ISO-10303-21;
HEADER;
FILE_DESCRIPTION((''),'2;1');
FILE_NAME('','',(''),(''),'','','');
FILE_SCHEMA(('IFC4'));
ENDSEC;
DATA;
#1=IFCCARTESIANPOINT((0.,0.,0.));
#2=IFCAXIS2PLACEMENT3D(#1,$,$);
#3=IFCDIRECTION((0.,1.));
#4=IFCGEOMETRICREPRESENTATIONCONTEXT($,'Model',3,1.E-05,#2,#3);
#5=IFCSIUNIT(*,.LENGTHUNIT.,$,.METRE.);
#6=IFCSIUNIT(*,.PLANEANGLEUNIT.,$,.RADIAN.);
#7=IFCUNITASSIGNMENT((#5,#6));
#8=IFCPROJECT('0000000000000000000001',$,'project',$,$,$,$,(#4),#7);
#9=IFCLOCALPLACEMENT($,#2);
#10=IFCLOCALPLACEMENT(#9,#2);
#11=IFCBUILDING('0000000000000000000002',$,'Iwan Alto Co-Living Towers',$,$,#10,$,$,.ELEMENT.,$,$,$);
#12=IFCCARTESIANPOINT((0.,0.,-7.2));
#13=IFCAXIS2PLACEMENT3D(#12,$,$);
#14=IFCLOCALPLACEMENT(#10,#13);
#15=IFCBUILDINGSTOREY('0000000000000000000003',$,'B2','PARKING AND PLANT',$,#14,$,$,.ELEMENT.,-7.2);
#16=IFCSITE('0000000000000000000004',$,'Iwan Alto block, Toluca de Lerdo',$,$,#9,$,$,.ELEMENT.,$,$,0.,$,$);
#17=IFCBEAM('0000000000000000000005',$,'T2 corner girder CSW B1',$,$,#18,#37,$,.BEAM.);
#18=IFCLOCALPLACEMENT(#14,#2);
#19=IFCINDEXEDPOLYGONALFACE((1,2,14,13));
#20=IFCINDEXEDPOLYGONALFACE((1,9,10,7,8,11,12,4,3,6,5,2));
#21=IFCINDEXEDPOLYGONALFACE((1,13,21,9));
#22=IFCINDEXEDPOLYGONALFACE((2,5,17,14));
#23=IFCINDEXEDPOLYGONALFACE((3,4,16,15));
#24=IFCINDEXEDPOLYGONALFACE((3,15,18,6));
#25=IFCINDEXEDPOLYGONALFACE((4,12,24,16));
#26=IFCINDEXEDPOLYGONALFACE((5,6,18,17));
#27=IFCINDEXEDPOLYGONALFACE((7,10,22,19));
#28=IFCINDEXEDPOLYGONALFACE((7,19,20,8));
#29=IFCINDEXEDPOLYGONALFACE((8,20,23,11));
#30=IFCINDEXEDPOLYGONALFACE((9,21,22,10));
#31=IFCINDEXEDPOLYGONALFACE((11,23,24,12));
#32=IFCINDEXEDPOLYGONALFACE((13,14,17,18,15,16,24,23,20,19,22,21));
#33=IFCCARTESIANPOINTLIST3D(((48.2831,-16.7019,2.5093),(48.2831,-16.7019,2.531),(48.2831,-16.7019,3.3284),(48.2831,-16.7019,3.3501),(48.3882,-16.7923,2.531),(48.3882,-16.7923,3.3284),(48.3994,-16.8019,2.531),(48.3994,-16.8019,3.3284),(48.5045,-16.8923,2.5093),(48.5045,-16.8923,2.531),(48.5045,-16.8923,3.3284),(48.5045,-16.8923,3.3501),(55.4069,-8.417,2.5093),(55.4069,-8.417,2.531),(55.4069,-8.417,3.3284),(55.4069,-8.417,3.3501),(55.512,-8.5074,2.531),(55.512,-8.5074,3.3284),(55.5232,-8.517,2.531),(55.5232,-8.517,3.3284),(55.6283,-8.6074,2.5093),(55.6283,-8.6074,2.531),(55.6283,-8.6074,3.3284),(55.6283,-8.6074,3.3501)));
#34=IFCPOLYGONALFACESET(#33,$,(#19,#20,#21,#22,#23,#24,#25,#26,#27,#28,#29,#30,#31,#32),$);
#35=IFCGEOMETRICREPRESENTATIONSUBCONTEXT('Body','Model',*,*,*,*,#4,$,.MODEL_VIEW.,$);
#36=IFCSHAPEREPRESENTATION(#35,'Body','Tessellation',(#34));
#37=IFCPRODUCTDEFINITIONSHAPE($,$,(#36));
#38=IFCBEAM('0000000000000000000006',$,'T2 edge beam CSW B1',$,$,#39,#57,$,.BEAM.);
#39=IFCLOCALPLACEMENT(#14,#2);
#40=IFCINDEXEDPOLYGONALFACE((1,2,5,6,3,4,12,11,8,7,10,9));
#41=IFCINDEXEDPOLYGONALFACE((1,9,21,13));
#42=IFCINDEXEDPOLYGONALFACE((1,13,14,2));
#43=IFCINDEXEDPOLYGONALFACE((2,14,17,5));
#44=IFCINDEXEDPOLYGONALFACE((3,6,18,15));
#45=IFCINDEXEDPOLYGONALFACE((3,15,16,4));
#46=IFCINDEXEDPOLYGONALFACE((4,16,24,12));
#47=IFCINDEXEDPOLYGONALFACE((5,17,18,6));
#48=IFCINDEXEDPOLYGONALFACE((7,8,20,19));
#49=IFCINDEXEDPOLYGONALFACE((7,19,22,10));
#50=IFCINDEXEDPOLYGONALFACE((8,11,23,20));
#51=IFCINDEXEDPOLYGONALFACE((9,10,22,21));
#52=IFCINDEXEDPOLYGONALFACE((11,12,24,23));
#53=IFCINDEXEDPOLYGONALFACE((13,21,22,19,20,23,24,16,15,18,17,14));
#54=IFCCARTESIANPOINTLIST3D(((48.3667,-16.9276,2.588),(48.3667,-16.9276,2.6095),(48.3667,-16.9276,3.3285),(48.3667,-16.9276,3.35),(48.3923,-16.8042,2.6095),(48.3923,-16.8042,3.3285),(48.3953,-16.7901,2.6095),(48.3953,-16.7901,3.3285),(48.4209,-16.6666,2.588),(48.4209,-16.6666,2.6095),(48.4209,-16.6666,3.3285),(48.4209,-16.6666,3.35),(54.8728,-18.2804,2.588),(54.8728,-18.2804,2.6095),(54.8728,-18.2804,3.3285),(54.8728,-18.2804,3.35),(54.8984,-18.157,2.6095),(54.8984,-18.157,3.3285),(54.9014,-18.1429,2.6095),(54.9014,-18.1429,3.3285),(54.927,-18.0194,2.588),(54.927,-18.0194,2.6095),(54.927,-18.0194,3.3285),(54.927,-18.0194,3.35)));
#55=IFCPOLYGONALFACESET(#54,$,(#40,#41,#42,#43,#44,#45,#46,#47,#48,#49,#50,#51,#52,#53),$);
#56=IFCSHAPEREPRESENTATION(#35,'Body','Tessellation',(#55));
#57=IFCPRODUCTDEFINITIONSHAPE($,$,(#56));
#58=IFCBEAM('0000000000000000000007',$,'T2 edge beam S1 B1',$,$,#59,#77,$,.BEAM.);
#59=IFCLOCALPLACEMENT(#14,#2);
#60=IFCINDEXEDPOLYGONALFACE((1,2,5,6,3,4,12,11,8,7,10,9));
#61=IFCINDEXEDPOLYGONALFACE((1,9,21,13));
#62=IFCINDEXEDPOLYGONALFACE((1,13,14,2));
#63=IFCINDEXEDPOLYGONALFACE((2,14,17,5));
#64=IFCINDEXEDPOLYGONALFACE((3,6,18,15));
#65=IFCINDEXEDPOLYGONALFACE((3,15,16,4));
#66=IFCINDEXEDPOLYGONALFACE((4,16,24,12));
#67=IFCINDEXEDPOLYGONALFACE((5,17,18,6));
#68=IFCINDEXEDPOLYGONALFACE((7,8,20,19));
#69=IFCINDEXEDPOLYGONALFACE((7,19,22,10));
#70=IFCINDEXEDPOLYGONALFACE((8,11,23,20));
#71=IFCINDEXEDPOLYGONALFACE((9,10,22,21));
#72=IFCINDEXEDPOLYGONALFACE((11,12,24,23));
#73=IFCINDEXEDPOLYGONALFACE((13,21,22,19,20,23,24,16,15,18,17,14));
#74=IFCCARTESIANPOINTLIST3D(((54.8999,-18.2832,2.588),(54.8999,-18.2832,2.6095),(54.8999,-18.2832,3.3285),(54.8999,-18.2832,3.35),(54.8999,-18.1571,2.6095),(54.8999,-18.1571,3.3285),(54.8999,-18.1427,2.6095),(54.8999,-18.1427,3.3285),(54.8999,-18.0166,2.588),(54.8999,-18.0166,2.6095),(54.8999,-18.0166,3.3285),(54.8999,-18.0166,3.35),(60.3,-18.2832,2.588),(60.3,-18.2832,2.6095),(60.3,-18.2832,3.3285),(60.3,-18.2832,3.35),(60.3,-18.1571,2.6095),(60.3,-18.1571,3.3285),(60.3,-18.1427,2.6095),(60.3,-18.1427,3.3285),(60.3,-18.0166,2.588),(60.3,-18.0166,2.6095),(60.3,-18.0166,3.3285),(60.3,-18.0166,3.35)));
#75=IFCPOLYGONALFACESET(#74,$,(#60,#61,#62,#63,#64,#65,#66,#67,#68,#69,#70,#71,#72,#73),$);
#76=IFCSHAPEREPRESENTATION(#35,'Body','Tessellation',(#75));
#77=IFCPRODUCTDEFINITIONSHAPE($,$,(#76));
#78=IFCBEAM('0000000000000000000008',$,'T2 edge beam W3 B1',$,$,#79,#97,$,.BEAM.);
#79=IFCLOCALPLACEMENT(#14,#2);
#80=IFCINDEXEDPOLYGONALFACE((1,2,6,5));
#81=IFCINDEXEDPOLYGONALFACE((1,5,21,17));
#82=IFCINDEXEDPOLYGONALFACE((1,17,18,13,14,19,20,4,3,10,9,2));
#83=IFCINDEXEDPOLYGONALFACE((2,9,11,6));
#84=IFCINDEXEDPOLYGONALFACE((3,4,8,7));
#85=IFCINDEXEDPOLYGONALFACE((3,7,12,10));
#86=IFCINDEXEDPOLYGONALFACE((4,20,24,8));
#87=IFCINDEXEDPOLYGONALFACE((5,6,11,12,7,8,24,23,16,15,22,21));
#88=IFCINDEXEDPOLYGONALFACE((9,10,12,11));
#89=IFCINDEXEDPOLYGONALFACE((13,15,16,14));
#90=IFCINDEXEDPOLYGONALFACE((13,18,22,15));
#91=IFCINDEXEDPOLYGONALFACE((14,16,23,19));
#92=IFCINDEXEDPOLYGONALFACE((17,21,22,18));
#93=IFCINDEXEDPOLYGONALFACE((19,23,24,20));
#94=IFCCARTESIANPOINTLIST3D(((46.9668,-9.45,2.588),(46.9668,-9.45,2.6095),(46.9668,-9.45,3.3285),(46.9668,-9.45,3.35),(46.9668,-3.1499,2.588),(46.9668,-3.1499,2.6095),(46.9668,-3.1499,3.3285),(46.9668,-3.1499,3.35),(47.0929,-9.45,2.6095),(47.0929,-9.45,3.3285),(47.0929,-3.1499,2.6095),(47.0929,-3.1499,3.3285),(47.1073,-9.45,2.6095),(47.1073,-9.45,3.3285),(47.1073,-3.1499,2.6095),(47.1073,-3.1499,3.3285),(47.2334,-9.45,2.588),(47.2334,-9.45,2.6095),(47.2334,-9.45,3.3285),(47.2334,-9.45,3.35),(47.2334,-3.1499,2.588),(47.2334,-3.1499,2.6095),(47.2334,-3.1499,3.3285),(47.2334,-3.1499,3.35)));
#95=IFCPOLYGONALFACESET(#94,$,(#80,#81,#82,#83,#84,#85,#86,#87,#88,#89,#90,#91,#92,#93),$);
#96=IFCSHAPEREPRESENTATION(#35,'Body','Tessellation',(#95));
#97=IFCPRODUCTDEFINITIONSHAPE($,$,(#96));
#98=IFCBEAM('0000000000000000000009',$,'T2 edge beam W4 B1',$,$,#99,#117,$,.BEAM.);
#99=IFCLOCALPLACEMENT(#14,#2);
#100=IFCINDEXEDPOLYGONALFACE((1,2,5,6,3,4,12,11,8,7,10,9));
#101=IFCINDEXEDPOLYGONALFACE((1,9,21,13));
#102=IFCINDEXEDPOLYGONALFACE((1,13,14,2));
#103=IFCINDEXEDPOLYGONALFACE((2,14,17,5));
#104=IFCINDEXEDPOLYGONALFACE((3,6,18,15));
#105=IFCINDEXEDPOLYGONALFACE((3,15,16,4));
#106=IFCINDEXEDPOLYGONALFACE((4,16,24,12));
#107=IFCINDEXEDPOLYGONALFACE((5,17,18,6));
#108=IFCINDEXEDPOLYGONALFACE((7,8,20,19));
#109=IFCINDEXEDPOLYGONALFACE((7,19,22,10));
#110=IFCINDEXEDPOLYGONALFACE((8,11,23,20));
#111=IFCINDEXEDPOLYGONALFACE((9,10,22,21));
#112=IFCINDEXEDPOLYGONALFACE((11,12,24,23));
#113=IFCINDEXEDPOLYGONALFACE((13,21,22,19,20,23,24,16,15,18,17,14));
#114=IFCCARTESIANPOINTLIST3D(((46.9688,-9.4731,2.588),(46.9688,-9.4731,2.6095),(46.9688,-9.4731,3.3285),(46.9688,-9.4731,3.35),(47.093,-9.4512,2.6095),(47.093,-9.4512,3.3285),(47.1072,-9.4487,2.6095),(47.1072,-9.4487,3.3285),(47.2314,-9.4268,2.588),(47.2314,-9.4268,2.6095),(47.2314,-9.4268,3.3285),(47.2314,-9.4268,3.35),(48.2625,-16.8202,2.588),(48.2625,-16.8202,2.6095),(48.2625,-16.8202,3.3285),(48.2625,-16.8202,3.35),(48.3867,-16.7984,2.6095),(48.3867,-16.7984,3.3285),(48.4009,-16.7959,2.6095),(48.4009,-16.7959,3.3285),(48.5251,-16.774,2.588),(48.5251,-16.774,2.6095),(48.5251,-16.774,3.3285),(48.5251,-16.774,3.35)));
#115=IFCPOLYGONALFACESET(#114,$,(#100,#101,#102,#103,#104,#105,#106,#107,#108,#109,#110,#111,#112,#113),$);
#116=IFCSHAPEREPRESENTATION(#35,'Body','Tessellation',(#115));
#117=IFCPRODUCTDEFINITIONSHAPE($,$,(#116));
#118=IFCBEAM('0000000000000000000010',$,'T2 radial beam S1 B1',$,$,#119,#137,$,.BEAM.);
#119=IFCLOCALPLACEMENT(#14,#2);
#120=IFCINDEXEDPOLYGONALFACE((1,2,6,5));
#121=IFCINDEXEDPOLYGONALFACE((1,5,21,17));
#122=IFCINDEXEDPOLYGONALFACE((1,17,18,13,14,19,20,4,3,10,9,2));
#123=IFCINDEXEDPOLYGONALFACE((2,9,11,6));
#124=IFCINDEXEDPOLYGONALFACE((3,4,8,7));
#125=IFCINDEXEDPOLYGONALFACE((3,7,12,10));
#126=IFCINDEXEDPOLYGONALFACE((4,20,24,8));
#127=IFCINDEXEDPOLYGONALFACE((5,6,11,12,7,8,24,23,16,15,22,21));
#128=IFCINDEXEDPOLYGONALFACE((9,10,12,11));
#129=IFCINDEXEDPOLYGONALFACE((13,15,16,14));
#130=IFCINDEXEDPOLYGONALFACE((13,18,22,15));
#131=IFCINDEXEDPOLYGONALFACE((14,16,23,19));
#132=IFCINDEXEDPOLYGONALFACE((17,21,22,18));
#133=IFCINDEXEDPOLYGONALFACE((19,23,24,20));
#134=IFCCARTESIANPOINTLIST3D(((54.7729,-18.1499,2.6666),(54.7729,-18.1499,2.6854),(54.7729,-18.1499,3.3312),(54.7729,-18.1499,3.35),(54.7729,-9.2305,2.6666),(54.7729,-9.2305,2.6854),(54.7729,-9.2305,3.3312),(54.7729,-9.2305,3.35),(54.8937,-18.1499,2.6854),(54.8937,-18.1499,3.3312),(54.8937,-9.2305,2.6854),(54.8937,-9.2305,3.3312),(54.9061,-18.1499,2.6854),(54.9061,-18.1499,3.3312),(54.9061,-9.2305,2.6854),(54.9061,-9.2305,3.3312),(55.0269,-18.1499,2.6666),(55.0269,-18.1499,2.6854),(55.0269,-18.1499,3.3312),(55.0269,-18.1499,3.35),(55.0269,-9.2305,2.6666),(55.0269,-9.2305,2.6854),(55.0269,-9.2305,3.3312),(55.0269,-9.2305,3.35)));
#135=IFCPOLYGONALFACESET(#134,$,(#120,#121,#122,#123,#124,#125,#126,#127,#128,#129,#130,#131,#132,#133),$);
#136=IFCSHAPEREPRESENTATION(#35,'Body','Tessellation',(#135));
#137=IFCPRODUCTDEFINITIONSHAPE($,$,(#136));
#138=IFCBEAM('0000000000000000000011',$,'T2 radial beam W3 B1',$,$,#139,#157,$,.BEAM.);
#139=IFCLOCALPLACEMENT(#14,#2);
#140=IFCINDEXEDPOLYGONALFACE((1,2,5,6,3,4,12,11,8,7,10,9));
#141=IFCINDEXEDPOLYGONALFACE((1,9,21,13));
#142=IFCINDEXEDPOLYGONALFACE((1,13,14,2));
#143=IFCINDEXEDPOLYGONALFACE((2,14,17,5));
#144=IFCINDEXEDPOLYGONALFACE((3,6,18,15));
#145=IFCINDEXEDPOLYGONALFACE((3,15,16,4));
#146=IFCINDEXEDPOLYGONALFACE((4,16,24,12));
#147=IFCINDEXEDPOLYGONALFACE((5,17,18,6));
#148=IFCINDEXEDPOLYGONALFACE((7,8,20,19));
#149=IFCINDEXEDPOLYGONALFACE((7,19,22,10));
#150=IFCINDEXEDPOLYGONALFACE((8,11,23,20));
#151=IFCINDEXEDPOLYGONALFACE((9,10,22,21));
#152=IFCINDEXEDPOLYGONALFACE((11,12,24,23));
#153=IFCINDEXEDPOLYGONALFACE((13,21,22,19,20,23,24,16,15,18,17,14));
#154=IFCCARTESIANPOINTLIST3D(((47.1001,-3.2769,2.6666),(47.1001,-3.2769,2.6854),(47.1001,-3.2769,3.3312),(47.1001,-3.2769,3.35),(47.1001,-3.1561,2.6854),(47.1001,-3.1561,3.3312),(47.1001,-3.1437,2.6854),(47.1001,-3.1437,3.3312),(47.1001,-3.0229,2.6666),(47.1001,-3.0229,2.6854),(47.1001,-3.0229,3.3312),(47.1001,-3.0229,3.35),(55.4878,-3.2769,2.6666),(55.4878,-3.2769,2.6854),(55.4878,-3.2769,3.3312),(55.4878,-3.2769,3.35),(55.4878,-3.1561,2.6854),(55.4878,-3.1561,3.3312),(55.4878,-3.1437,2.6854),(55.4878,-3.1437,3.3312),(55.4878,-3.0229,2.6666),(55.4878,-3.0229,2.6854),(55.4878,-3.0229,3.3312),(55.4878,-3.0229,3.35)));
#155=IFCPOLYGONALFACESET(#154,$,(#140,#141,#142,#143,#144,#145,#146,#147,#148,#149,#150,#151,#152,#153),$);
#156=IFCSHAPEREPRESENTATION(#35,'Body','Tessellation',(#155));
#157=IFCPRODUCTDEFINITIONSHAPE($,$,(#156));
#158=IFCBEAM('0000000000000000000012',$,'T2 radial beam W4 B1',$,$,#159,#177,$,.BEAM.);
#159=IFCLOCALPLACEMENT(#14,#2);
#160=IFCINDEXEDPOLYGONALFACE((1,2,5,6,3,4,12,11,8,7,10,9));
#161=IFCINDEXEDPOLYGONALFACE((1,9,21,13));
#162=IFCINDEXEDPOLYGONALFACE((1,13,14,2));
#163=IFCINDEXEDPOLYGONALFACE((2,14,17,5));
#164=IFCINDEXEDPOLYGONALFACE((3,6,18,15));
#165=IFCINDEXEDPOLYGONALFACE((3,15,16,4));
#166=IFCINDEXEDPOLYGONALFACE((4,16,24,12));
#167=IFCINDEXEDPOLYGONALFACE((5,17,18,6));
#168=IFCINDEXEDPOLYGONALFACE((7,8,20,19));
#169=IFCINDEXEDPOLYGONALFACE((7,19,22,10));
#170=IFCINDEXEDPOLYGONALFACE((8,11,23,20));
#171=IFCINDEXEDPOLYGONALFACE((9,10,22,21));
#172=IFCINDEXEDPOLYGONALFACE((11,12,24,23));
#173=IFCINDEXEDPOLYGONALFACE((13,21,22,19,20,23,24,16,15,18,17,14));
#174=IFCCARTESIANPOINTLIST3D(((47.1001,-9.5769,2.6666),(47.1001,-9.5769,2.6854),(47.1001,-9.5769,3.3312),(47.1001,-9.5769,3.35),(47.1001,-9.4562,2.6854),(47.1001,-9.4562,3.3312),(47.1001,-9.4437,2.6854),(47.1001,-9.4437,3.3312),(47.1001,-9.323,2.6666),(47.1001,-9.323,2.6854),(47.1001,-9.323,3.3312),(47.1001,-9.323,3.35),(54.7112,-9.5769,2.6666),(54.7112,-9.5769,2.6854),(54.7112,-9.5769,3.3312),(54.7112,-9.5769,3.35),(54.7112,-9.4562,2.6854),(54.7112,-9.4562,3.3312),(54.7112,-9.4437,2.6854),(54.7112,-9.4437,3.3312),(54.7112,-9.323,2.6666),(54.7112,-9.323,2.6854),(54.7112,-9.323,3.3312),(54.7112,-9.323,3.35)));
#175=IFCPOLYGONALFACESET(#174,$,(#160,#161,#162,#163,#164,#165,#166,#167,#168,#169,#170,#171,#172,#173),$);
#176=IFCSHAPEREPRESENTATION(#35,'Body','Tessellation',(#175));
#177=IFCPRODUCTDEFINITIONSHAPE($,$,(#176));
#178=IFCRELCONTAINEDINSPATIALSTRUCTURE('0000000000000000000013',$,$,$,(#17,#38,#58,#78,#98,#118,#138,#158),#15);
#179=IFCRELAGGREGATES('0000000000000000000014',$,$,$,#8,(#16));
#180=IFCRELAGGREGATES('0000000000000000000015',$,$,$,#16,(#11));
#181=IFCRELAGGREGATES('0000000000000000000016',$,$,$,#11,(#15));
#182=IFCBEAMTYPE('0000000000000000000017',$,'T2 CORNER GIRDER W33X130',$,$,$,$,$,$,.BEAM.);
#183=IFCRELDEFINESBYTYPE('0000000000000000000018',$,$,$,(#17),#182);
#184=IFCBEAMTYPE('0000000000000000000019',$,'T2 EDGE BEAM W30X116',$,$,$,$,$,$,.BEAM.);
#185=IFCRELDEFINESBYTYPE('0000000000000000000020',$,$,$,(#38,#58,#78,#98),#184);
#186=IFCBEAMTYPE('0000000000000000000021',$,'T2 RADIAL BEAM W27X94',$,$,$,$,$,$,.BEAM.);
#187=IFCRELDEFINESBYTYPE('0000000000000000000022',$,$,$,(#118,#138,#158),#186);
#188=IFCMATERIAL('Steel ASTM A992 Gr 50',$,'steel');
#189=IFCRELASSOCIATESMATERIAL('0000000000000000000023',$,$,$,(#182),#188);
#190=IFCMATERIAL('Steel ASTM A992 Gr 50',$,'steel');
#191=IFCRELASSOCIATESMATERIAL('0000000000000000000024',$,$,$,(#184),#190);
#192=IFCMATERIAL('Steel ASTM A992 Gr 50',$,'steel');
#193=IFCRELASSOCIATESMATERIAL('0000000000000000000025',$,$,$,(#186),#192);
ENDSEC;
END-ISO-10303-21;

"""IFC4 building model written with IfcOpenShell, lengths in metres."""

from ifc_helpers import new_model, si_unit, direction, frame, origin, origin_2d, place, context, subcontext, project, spatial, i_section, extrude, material, material_profile, profile_set, type_object, element, save


model = new_model("IFC4")

# Units and contexts
model_context = context("Model", 3, precision=1e-05, world=origin(), true_north=direction((0.0, 1.0)))
body_context = subcontext(model_context, "Body", "Model", "MODEL_VIEW")
ifc_project = project(units=[si_unit("LENGTHUNIT", "METRE"), si_unit("PLANEANGLEUNIT", "RADIAN")], contexts=[model_context])

# Site, building, storey
site_placement = place(None, origin())
site = spatial("IfcSite", under=ifc_project, at=site_placement, Name="Iwan Alto block, Toluca de Lerdo", CompositionType="ELEMENT", RefElevation=0.0)
building_placement = place(site_placement, origin())
building = spatial("IfcBuilding", under=site, at=building_placement, Name="Iwan Alto Co-Living Towers", CompositionType="ELEMENT")
storey_placement = place(building_placement, frame((0.0, 0.0, -7.2)))
storey = spatial("IfcBuildingStorey", under=building, at=storey_placement, Name="B2", Description="PARKING AND PLANT", CompositionType="ELEMENT", Elevation=-7.2)

# Beams
ifc_material_1 = material(Name="Steel ASTM A992 Gr 50", Category="steel")
ifc_material_profile_1 = material_profile(ifc_material_1, i_section(OverallWidth=0.292, OverallDepth=0.8408, WebThickness=0.0146, FlangeThickness=0.0217, at=origin_2d()), Name="W33X130")
ifc_profile_set_1 = profile_set([ifc_material_profile_1], Name="Steel ASTM A992 Gr 50")
beam_type_1 = type_object("IfcBeamType", Name="T2 CORNER GIRDER W33X130", PredefinedType="BEAM", material=ifc_profile_set_1)
beam_1_placement = place(storey_placement, frame((48.3938, -16.7971, 2.9297), z_axis=(0.651974, 0.758242, 0.0), x_axis=(-0.758242, 0.651974, 0.0)))
element("IfcBeam", 1, at=beam_1_placement, inside=storey, type_object=beam_type_1, Name="T2 corner girder CSW B1", PredefinedType="BEAM", context=body_context, shape_type="SweptSolid", body=[
    extrude(i_section(OverallWidth=0.292, OverallDepth=0.8408, WebThickness=0.0146, FlangeThickness=0.0217, at=origin_2d()), origin(), (0.0, 0.0, 1.0), 10.9265),
])
ifc_material_2 = material(Name="Steel ASTM A992 Gr 50", Category="steel")
ifc_material_profile_2 = material_profile(ifc_material_2, i_section(OverallWidth=0.2666, OverallDepth=0.762, WebThickness=0.0144, FlangeThickness=0.0215, at=origin_2d()), Name="W30X116")
ifc_profile_set_2 = profile_set([ifc_material_profile_2], Name="Steel ASTM A992 Gr 50")
beam_type_2 = type_object("IfcBeamType", Name="T2 EDGE BEAM W30X116", PredefinedType="BEAM", material=ifc_profile_set_2)
beam_2_placement = place(storey_placement, frame((48.3938, -16.7971, 2.969), z_axis=(0.97906, -0.203571, 0.0), x_axis=(0.203571, 0.97906, 0.0)))
element("IfcBeam", 2, at=beam_2_placement, inside=storey, type_object=beam_type_2, Name="T2 edge beam CSW B1", PredefinedType="BEAM", context=body_context, shape_type="SweptSolid", body=[
    extrude(i_section(OverallWidth=0.2666, OverallDepth=0.762, WebThickness=0.0144, FlangeThickness=0.0215, at=origin_2d()), origin(), (0.0, 0.0, 1.0), 6.6453),
])
beam_3_placement = place(storey_placement, frame((54.8999, -18.1499, 2.969), z_axis=(1.0, 0.0, 0.0), x_axis=(0.0, 1.0, 0.0)))
element("IfcBeam", 3, at=beam_3_placement, inside=storey, type_object=beam_type_2, Name="T2 edge beam S1 B1", PredefinedType="BEAM", context=body_context, shape_type="SweptSolid", body=[
    extrude(i_section(OverallWidth=0.2666, OverallDepth=0.762, WebThickness=0.0144, FlangeThickness=0.0215, at=origin_2d()), origin(), (0.0, 0.0, 1.0), 5.4001),
])
beam_4_placement = place(storey_placement, frame((47.1001, -3.1499, 2.969), z_axis=(0.0, -1.0, 0.0), x_axis=(1.0, 0.0, 0.0)))
element("IfcBeam", 4, at=beam_4_placement, inside=storey, type_object=beam_type_2, Name="T2 edge beam W3 B1", PredefinedType="BEAM", context=body_context, shape_type="SweptSolid", body=[
    extrude(i_section(OverallWidth=0.2666, OverallDepth=0.762, WebThickness=0.0144, FlangeThickness=0.0215, at=origin_2d()), origin(), (0.0, 0.0, 1.0), 6.3),
])
beam_5_placement = place(storey_placement, frame((47.1001, -9.45, 2.969), z_axis=(0.173414, -0.984849, 0.0), x_axis=(0.984849, 0.173414, 0.0)))
element("IfcBeam", 5, at=beam_5_placement, inside=storey, type_object=beam_type_2, Name="T2 edge beam W4 B1", PredefinedType="BEAM", context=body_context, shape_type="SweptSolid", body=[
    extrude(i_section(OverallWidth=0.2666, OverallDepth=0.762, WebThickness=0.0144, FlangeThickness=0.0215, at=origin_2d()), origin(), (0.0, 0.0, 1.0), 7.4602),
])
ifc_material_3 = material(Name="Steel ASTM A992 Gr 50", Category="steel")
ifc_material_profile_3 = material_profile(ifc_material_3, i_section(OverallWidth=0.2539, OverallDepth=0.6833, WebThickness=0.0125, FlangeThickness=0.0188, at=origin_2d()), Name="W27X94")
ifc_profile_set_3 = profile_set([ifc_material_profile_3], Name="Steel ASTM A992 Gr 50")
beam_type_3 = type_object("IfcBeamType", Name="T2 RADIAL BEAM W27X94", PredefinedType="BEAM", material=ifc_profile_set_3)
beam_6_placement = place(storey_placement, frame((54.8999, -18.1499, 3.0083), z_axis=(0.0, 1.0, 0.0), x_axis=(-1.0, 0.0, 0.0)))
element("IfcBeam", 6, at=beam_6_placement, inside=storey, type_object=beam_type_3, Name="T2 radial beam S1 B1", PredefinedType="BEAM", context=body_context, shape_type="SweptSolid", body=[
    extrude(i_section(OverallWidth=0.2539, OverallDepth=0.6833, WebThickness=0.0125, FlangeThickness=0.0188, at=origin_2d()), origin(), (0.0, 0.0, 1.0), 8.9194),
])
beam_7_placement = place(storey_placement, frame((47.1001, -3.1499, 3.0083), z_axis=(1.0, 0.0, 0.0), x_axis=(0.0, 1.0, 0.0)))
element("IfcBeam", 7, at=beam_7_placement, inside=storey, type_object=beam_type_3, Name="T2 radial beam W3 B1", PredefinedType="BEAM", context=body_context, shape_type="SweptSolid", body=[
    extrude(i_section(OverallWidth=0.2539, OverallDepth=0.6833, WebThickness=0.0125, FlangeThickness=0.0188, at=origin_2d()), origin(), (0.0, 0.0, 1.0), 8.3877),
])
beam_8_placement = place(storey_placement, frame((47.1001, -9.45, 3.0083), z_axis=(1.0, 0.0, 0.0), x_axis=(0.0, 1.0, 0.0)))
element("IfcBeam", 8, at=beam_8_placement, inside=storey, type_object=beam_type_3, Name="T2 radial beam W4 B1", PredefinedType="BEAM", context=body_context, shape_type="SweptSolid", body=[
    extrude(i_section(OverallWidth=0.2539, OverallDepth=0.6833, WebThickness=0.0125, FlangeThickness=0.0188, at=origin_2d()), origin(), (0.0, 0.0, 1.0), 7.6111),
])

save(model, "model.ifc")
